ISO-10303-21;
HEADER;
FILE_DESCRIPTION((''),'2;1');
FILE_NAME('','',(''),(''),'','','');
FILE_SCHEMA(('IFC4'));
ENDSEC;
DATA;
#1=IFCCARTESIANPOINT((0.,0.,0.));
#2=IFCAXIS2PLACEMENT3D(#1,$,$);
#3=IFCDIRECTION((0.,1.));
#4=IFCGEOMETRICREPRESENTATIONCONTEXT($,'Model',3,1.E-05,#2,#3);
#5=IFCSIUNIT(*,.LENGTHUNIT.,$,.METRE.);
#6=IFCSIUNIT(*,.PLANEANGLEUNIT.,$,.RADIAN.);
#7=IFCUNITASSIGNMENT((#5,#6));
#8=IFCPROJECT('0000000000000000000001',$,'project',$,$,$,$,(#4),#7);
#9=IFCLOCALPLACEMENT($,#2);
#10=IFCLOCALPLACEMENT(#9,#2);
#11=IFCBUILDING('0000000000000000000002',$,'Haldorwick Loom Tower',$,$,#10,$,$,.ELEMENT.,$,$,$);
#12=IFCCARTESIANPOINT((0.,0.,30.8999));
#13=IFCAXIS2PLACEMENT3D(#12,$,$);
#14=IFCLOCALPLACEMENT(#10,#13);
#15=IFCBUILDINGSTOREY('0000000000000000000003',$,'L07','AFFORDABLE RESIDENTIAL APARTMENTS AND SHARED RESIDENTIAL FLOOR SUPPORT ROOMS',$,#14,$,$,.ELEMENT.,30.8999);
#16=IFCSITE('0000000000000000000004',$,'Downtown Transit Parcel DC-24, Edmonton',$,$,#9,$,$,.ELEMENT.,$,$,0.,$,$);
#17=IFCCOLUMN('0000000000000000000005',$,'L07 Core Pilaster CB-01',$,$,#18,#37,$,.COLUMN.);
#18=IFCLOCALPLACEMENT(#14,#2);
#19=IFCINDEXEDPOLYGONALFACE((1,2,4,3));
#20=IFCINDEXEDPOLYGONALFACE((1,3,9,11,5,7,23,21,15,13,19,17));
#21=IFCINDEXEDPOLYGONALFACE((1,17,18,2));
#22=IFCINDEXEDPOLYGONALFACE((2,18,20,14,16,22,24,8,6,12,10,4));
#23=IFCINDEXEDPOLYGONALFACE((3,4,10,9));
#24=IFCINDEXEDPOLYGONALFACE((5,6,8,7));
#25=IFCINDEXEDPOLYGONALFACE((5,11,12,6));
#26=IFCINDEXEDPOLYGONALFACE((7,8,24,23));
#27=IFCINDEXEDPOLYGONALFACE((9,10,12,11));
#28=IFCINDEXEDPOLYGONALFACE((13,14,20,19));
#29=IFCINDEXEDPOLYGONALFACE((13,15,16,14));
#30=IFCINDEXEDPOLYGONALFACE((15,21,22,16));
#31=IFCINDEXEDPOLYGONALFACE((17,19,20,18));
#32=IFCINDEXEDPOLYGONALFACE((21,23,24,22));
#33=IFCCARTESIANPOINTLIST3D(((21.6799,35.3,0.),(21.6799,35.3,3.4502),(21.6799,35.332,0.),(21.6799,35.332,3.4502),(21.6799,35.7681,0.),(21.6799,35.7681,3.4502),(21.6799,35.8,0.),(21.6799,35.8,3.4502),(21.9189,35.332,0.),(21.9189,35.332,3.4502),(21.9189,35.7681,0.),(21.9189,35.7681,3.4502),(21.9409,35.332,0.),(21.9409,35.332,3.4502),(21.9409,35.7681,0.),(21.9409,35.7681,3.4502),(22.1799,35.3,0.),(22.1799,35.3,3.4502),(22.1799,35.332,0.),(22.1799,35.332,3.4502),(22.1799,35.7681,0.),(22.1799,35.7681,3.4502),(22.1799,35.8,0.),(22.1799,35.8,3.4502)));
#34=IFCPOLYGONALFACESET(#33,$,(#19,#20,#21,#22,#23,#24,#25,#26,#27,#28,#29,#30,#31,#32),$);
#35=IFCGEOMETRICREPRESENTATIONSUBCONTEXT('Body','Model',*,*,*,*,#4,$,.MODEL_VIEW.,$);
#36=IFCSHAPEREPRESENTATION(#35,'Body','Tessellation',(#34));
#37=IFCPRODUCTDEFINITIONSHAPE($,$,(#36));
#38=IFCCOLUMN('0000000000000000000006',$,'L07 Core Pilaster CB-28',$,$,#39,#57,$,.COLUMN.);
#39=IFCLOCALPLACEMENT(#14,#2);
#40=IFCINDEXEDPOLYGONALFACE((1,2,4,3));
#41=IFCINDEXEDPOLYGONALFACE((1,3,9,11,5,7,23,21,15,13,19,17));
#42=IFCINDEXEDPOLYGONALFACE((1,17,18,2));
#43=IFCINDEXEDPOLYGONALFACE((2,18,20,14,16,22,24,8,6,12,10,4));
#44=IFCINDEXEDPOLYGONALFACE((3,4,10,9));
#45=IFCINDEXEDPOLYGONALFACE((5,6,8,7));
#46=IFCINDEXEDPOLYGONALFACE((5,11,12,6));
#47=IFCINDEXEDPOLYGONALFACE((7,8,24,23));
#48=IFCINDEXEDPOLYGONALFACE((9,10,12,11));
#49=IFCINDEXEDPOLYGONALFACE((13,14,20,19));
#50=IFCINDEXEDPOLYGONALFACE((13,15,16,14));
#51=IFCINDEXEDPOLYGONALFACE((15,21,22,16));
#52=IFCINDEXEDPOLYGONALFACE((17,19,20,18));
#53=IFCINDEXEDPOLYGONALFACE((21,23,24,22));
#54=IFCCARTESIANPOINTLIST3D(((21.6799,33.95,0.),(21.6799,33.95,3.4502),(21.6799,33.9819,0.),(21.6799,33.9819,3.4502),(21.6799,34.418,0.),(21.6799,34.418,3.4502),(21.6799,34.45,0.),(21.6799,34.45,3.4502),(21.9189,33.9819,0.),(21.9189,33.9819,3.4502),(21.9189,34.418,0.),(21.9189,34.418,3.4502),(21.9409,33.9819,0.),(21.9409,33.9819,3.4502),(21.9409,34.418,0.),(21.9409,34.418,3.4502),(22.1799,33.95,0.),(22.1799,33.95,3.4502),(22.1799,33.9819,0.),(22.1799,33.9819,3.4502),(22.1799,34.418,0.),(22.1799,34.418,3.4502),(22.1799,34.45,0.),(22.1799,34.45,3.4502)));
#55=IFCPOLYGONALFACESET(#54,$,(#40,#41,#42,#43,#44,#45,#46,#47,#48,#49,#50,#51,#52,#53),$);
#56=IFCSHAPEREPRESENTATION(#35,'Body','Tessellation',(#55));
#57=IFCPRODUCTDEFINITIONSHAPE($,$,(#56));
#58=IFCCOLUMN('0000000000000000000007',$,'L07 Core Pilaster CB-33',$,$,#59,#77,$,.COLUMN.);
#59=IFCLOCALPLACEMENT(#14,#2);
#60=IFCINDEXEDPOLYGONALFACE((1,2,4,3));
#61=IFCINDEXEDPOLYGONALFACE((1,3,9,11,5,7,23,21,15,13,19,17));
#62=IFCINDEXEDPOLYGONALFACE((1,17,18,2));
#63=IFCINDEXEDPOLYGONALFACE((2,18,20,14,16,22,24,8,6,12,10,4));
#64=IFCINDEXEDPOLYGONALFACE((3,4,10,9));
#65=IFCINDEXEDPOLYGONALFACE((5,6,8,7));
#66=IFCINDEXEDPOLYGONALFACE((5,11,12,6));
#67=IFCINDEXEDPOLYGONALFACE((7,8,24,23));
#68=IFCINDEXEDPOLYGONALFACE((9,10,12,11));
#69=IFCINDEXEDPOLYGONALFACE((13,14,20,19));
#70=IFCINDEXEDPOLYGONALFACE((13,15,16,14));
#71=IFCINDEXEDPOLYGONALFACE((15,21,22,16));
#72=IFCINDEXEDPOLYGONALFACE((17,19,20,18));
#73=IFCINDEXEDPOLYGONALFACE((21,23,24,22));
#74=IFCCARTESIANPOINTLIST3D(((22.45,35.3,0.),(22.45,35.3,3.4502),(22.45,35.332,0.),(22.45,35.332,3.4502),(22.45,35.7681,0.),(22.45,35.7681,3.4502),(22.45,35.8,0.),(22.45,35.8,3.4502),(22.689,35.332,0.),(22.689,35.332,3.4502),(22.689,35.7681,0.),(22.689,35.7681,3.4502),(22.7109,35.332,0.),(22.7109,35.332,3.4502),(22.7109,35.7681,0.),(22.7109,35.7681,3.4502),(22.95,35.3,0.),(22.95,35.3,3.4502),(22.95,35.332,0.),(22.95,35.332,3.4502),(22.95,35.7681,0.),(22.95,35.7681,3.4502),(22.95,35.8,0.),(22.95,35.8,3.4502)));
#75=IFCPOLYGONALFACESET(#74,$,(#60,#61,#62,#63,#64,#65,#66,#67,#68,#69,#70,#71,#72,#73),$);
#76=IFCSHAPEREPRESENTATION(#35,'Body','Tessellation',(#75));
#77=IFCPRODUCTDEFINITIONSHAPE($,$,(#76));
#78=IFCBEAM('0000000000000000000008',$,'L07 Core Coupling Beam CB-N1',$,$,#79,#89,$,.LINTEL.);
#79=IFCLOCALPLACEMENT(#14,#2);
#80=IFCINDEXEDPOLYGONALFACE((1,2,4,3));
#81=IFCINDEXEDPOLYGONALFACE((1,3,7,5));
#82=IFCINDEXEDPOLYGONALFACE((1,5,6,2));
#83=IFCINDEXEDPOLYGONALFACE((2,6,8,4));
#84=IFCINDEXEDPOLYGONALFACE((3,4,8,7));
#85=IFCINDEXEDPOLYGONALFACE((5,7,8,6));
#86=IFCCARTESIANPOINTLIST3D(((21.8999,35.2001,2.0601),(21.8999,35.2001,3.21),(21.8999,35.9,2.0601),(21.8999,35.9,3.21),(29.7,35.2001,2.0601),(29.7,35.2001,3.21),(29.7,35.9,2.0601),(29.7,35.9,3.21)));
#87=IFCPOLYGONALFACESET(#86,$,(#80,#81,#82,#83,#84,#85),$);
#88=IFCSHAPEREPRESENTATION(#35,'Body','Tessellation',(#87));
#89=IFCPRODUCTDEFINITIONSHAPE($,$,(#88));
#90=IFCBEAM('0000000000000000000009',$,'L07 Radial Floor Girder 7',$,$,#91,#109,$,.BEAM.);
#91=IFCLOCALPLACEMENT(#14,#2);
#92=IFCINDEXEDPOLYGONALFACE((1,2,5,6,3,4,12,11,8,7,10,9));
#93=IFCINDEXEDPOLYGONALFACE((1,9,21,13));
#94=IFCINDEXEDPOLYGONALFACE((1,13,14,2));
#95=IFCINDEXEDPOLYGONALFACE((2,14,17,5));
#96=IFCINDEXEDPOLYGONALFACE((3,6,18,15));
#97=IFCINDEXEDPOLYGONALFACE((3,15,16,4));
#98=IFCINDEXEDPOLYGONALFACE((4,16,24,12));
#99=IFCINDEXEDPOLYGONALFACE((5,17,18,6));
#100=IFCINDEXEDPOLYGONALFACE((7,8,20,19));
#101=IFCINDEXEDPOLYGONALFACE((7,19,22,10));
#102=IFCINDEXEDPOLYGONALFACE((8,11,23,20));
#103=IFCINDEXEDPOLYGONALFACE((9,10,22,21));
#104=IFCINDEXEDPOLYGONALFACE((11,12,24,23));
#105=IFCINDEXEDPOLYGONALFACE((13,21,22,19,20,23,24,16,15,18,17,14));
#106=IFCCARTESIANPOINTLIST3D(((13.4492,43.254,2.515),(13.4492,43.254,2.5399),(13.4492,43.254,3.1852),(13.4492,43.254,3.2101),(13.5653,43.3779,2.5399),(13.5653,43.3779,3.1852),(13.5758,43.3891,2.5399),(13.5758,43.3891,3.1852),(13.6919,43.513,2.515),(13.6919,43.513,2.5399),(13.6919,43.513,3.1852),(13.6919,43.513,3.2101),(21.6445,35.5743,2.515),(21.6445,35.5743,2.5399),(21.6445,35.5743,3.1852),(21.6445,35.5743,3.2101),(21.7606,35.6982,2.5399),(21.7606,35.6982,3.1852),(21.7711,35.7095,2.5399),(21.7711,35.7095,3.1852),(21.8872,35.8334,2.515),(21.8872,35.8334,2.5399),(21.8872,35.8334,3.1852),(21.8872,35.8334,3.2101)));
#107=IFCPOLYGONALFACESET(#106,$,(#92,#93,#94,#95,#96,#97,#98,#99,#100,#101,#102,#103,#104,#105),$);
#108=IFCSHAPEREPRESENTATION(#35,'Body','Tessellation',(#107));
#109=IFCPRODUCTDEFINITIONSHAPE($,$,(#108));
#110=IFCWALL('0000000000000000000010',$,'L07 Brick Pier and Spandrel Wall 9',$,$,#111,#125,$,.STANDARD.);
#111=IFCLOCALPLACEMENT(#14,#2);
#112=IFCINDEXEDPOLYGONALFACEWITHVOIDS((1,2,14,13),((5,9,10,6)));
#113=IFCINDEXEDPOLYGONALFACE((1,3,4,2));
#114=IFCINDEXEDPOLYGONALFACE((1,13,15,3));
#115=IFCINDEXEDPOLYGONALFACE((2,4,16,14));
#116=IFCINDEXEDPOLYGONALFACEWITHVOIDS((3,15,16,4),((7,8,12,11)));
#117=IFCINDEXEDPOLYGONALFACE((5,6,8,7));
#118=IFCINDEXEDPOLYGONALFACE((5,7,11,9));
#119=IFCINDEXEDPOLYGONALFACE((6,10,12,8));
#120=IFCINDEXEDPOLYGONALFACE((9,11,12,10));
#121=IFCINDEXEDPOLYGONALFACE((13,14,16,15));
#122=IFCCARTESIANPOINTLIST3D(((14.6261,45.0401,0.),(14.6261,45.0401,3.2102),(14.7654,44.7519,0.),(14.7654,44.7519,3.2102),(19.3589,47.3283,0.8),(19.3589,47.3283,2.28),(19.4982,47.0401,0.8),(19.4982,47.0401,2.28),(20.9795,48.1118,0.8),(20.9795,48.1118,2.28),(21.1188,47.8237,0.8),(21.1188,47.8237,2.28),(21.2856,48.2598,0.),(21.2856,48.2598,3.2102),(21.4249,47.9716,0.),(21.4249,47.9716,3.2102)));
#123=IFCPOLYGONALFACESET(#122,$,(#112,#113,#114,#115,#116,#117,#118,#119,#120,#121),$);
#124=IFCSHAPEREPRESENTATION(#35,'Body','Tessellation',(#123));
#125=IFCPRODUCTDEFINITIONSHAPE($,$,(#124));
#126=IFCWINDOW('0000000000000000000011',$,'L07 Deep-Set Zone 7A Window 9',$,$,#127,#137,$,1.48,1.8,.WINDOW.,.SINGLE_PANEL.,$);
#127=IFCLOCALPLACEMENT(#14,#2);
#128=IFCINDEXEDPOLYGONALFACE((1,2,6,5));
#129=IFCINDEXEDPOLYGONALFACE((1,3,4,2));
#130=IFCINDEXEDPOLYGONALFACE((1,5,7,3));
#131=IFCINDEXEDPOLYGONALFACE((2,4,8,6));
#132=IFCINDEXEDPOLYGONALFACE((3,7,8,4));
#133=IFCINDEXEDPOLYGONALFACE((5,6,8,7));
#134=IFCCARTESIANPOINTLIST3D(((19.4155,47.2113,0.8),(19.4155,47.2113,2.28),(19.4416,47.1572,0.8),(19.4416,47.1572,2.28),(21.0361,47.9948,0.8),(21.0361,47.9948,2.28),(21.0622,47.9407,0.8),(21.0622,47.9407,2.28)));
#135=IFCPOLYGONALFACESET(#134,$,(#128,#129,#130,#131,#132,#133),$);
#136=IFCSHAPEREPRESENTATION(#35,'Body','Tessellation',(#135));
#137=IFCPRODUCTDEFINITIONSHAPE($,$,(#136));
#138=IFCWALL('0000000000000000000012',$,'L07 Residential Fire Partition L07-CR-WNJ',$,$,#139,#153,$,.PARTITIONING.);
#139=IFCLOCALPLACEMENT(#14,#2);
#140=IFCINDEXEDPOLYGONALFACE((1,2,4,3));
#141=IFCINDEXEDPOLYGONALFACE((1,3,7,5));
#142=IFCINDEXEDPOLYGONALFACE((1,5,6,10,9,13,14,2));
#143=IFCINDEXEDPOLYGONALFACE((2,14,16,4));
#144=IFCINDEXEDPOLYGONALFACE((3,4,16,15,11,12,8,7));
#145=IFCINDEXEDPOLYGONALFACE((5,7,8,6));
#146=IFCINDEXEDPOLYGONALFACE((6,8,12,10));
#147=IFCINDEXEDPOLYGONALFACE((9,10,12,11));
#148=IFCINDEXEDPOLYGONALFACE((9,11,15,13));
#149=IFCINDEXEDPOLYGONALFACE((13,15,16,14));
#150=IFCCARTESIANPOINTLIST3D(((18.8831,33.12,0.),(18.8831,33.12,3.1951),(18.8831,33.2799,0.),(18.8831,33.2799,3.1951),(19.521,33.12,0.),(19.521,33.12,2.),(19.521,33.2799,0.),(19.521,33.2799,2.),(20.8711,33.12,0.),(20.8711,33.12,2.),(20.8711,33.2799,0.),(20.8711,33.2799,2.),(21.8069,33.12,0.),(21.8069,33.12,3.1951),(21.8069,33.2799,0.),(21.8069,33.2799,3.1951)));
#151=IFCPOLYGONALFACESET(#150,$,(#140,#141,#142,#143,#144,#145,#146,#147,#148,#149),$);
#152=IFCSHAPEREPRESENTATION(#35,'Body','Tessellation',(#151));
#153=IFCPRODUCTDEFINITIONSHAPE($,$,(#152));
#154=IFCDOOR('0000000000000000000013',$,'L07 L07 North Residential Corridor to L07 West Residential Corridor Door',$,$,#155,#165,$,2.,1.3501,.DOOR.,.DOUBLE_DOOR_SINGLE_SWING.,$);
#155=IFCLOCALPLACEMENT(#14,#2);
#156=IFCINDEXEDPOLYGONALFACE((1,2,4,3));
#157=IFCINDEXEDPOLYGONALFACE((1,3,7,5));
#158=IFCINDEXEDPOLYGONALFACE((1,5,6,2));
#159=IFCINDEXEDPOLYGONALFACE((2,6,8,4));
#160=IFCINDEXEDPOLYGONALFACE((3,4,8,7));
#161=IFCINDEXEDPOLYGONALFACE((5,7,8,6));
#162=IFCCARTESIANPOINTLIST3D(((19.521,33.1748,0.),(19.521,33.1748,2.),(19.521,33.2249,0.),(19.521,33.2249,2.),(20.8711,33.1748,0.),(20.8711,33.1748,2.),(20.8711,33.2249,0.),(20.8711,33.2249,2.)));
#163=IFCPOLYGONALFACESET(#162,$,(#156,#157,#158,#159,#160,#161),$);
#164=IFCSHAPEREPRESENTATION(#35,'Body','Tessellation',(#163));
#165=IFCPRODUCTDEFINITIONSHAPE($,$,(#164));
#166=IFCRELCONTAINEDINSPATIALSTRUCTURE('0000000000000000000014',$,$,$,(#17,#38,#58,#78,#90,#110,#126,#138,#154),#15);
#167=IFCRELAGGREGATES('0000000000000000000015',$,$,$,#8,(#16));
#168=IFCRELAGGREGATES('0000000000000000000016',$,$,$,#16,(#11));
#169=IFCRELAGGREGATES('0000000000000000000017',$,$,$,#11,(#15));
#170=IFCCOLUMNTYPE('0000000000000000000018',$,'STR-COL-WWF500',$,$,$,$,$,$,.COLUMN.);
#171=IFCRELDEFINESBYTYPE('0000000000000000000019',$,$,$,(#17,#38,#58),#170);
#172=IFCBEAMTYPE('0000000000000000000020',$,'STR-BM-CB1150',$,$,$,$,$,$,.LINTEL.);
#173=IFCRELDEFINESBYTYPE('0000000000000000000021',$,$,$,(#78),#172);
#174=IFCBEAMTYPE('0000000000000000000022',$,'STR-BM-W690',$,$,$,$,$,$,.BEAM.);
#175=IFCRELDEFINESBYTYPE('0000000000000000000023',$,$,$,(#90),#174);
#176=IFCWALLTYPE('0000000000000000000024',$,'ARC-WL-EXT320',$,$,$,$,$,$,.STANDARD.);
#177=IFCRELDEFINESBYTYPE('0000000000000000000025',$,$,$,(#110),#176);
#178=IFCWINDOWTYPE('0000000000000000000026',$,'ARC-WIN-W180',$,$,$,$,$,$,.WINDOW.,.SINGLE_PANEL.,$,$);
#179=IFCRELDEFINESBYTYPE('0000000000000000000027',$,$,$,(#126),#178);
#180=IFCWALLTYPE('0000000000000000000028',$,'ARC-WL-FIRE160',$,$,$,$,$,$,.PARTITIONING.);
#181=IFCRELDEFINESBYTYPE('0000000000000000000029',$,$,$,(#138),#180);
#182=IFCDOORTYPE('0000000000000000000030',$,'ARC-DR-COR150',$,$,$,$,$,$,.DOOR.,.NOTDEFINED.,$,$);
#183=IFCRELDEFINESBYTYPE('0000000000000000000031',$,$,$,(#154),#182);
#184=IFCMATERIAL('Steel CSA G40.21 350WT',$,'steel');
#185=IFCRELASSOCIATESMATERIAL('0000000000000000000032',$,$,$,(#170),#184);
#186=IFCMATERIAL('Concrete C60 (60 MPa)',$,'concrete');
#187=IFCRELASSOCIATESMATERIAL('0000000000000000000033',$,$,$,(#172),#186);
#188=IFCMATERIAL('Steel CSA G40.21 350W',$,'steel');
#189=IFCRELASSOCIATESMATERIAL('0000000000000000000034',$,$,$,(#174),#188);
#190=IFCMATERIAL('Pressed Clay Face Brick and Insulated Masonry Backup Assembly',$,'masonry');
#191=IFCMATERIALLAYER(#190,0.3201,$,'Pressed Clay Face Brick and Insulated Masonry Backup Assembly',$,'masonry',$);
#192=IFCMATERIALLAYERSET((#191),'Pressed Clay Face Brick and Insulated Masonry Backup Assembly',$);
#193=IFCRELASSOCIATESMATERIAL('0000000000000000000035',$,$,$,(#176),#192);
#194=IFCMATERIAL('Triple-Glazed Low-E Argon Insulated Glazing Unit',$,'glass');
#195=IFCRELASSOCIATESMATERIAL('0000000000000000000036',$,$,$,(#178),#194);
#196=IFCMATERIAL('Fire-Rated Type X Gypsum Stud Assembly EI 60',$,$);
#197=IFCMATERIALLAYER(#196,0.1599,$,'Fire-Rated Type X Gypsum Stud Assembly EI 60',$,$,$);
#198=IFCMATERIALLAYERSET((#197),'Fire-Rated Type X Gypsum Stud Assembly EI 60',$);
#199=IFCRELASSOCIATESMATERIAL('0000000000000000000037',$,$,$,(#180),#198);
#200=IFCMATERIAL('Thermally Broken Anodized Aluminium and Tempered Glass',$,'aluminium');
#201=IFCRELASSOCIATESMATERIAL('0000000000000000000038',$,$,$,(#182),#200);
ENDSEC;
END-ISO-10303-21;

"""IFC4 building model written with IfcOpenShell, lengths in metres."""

from ifc_helpers import new_model, si_unit, direction, frame, frame_2d, origin, origin_2d, place, context, subcontext, project, spatial, rectangle, i_section, extrude, material, layer, layer_set, material_profile, profile_set, type_object, element, fill, save


model = new_model("IFC4")

# Units and contexts
model_context = context("Model", 3, precision=1e-05, world=origin(), true_north=direction((0.0, 1.0)))
body_context = subcontext(model_context, "Body", "Model", "MODEL_VIEW")
ifc_project = project(units=[si_unit("LENGTHUNIT", "METRE"), si_unit("PLANEANGLEUNIT", "RADIAN")], contexts=[model_context])

# Site, building, storey
site_placement = place(None, origin())
site = spatial("IfcSite", under=ifc_project, at=site_placement, Name="Downtown Transit Parcel DC-24, Edmonton", CompositionType="ELEMENT", RefElevation=0.0)
building_placement = place(site_placement, origin())
building = spatial("IfcBuilding", under=site, at=building_placement, Name="Haldorwick Loom Tower", CompositionType="ELEMENT")
storey_placement = place(building_placement, frame((0.0, 0.0, 30.8999)))
storey = spatial("IfcBuildingStorey", under=building, at=storey_placement, Name="L07", Description="AFFORDABLE RESIDENTIAL APARTMENTS AND SHARED RESIDENTIAL FLOOR SUPPORT ROOMS", CompositionType="ELEMENT", Elevation=30.8999)

# Columns
ifc_material_1 = material(Name="Steel CSA G40.21 350WT", Category="steel")
ifc_material_profile_1 = material_profile(ifc_material_1, i_section(OverallWidth=0.5, OverallDepth=0.5, WebThickness=0.022, FlangeThickness=0.032, at=origin_2d()), Name="WWF500X500", Category="steel")
ifc_profile_set_1 = profile_set([ifc_material_profile_1], Name="Steel CSA G40.21 350WT")
column_type = type_object("IfcColumnType", Name="STR-COL-WWF500", PredefinedType="COLUMN", material=ifc_profile_set_1)
for number, where, z_axis, x_axis, name in (
    (1, (21.9299, 35.55, 0.0), (0.0, 0.0, 1.0), (1.0, 0.0, 0.0), "L07 Core Pilaster CB-01"),
    (2, (21.9299, 34.2, 0.0), (0.0, 0.0, 1.0), (1.0, 0.0, 0.0), "L07 Core Pilaster CB-28"),
    (3, (22.7, 35.55, 0.0), (0.0, 0.0, 1.0), (1.0, 0.0, 0.0), "L07 Core Pilaster CB-33"),
):
    element("IfcColumn", number, at=place(storey_placement, frame(where, z_axis=z_axis, x_axis=x_axis)), inside=storey, type_object=column_type, Name=name, PredefinedType="COLUMN", context=body_context, shape_type="SweptSolid", body=[
        extrude(i_section(OverallWidth=0.5, OverallDepth=0.5, WebThickness=0.022, FlangeThickness=0.032, at=origin_2d()), origin(), (0.0, 0.0, 1.0), 3.4502),
    ])

# Beams
ifc_material_2 = material(Name="Concrete C60 (60 MPa)", Category="concrete")
ifc_material_profile_2 = material_profile(ifc_material_2, rectangle(XDim=0.7, YDim=1.1499, at=origin_2d()), Name="RC700X1150", Category="concrete")
ifc_profile_set_2 = profile_set([ifc_material_profile_2], Name="Concrete C60 (60 MPa)")
beam_type_1 = type_object("IfcBeamType", Name="STR-BM-CB1150", PredefinedType="LINTEL", material=ifc_profile_set_2)
beam_1_placement = place(storey_placement, frame((21.8999, 35.55, 2.635), z_axis=(1.0, 0.0, 0.0), x_axis=(0.0, 1.0, 0.0)))
element("IfcBeam", 4, at=beam_1_placement, inside=storey, type_object=beam_type_1, Name="L07 Core Coupling Beam CB-N1", PredefinedType="LINTEL", context=body_context, shape_type="SweptSolid", body=[
    extrude(rectangle(XDim=0.7, YDim=1.1499, at=origin_2d()), origin(), (0.0, 0.0, 1.0), 7.8),
])
ifc_material_3 = material(Name="Steel CSA G40.21 350W", Category="steel")
ifc_material_profile_3 = material_profile(ifc_material_3, i_section(OverallWidth=0.355, OverallDepth=0.6951, WebThickness=0.0154, FlangeThickness=0.0249, at=origin_2d()), Name="W690X217", Category="steel")
ifc_profile_set_3 = profile_set([ifc_material_profile_3], Name="Steel CSA G40.21 350W")
beam_type_2 = type_object("IfcBeamType", Name="STR-BM-W690", PredefinedType="BEAM", material=ifc_profile_set_3)
beam_2_placement = place(storey_placement, frame((21.7659, 35.7039, 2.8625), z_axis=(-0.729689, 0.683779, 0.0), x_axis=(-0.683779, -0.729689, 0.0)))
element("IfcBeam", 5, at=beam_2_placement, inside=storey, type_object=beam_type_2, Name="L07 Radial Floor Girder 7", PredefinedType="BEAM", context=body_context, shape_type="SweptSolid", body=[
    extrude(i_section(OverallWidth=0.355, OverallDepth=0.6951, WebThickness=0.0154, FlangeThickness=0.0249, at=origin_2d()), origin(), (0.0, 0.0, 1.0), 11.2312),
])

# Wall, opening, window
ifc_material_4 = material(Name="Pressed Clay Face Brick and Insulated Masonry Backup Assembly", Category="masonry")
ifc_layer_1 = layer(ifc_material_4, 0.3201, Name="Pressed Clay Face Brick and Insulated Masonry Backup Assembly", Category="masonry")
ifc_layer_set_1 = layer_set([ifc_layer_1], Name="Pressed Clay Face Brick and Insulated Masonry Backup Assembly")
wall_type_1 = type_object("IfcWallType", Name="ARC-WL-EXT320", PredefinedType="STANDARD", material=ifc_layer_set_1)
wall_1_placement = place(storey_placement, frame((21.3552, 48.1157, 0.0), z_axis=(0.0, 0.0, 1.0), x_axis=(-0.900296, -0.435279, 0.0)))
wall_1 = element("IfcWall", 6, at=wall_1_placement, inside=storey, type_object=wall_type_1, Name="L07 Brick Pier and Spandrel Wall 9", PredefinedType="STANDARD", context=body_context, shape_type="SweptSolid", body=[
    extrude(rectangle(XDim=7.397, YDim=0.3201, at=frame_2d((3.6985, 0.0))), origin(), (0.0, 0.0, 1.0), 3.2102),
])
opening_1_placement = place(wall_1_placement, frame((0.3401, 0.0, 0.8)))
opening_1 = element("IfcOpeningElement", 7, at=opening_1_placement, cuts=wall_1, PredefinedType="OPENING", context=body_context, shape_type="SweptSolid", body=[
    extrude(rectangle(XDim=1.8, YDim=1.48, at=frame_2d((0.8999, 0.74))), frame((0.0, 0.1699, 0.0), z_axis=(0.0, -1.0, 0.0), x_axis=(1.0, 0.0, 0.0)), (0.0, 0.0, 1.0), 0.3401),
])
ifc_material_5 = material(Name="Triple-Glazed Low-E Argon Insulated Glazing Unit", Category="glass")
window_type = type_object("IfcWindowType", Name="ARC-WIN-W180", PartitioningType="SINGLE_PANEL", PredefinedType="WINDOW", material=ifc_material_5)
window_placement = place(opening_1_placement, origin())
window = element("IfcWindow", 8, at=window_placement, inside=storey, type_object=window_type, Name="L07 Deep-Set Zone 7A Window 9", OverallHeight=1.48, OverallWidth=1.8, PartitioningType="SINGLE_PANEL", PredefinedType="WINDOW", context=body_context, shape_type="SweptSolid", body=[
    extrude(rectangle(XDim=1.8, YDim=1.48, at=frame_2d((0.8999, 0.74))), frame((0.0, 0.03, 0.0), z_axis=(0.0, -1.0, 0.0), x_axis=(1.0, 0.0, 0.0)), (0.0, 0.0, 1.0), 0.0601),
])
fill(opening_1, window)

# Wall, opening, door
ifc_material_6 = material(Name="Fire-Rated Type X Gypsum Stud Assembly EI 60")
ifc_layer_2 = layer(ifc_material_6, 0.1599, Name="Fire-Rated Type X Gypsum Stud Assembly EI 60")
ifc_layer_set_2 = layer_set([ifc_layer_2], Name="Fire-Rated Type X Gypsum Stud Assembly EI 60")
wall_type_2 = type_object("IfcWallType", Name="ARC-WL-FIRE160", PredefinedType="PARTITIONING", material=ifc_layer_set_2)
wall_2_placement = place(storey_placement, frame((18.8831, 33.2, 0.0), z_axis=(0.0, 0.0, 1.0), x_axis=(1.0, 0.0, 0.0)))
wall_2 = element("IfcWall", 9, at=wall_2_placement, inside=storey, type_object=wall_type_2, Name="L07 Residential Fire Partition L07-CR-WNJ", PredefinedType="PARTITIONING", context=body_context, shape_type="SweptSolid", body=[
    extrude(rectangle(XDim=2.9238, YDim=0.1599, at=frame_2d((1.4619, 0.0))), origin(), (0.0, 0.0, 1.0), 3.1951),
])
opening_2_placement = place(wall_2_placement, frame((0.6379, 0.0, 0.0)))
opening_2 = element("IfcOpeningElement", 10, at=opening_2_placement, cuts=wall_2, PredefinedType="OPENING", context=body_context, shape_type="SweptSolid", body=[
    extrude(rectangle(XDim=1.3501, YDim=2.0, at=frame_2d((0.675, 1.0))), frame((0.0, 0.0898, 0.0), z_axis=(0.0, -1.0, 0.0), x_axis=(1.0, 0.0, 0.0)), (0.0, 0.0, 1.0), 0.1799),
])
ifc_material_7 = material(Name="Thermally Broken Anodized Aluminium and Tempered Glass", Category="aluminium")
door_type_1 = type_object("IfcDoorType", Name="ARC-DR-COR150", OperationType="NOTDEFINED", PredefinedType="DOOR", material=ifc_material_7)
door_1_placement = place(opening_2_placement, origin())
door_1 = element("IfcDoor", 11, at=door_1_placement, inside=storey, type_object=door_type_1, Name="L07 L07 North Residential Corridor to L07 West Residential Corridor Door", OperationType="DOUBLE_DOOR_SINGLE_SWING", OverallHeight=2.0, OverallWidth=1.3501, PredefinedType="DOOR", context=body_context, shape_type="SweptSolid", body=[
    extrude(rectangle(XDim=1.3501, YDim=2.0, at=frame_2d((0.675, 1.0))), frame((0.0, 0.0249, 0.0), z_axis=(0.0, -1.0, 0.0), x_axis=(1.0, 0.0, 0.0)), (0.0, 0.0, 1.0), 0.05),
])
fill(opening_2, door_1)

save(model, "model.ifc")
